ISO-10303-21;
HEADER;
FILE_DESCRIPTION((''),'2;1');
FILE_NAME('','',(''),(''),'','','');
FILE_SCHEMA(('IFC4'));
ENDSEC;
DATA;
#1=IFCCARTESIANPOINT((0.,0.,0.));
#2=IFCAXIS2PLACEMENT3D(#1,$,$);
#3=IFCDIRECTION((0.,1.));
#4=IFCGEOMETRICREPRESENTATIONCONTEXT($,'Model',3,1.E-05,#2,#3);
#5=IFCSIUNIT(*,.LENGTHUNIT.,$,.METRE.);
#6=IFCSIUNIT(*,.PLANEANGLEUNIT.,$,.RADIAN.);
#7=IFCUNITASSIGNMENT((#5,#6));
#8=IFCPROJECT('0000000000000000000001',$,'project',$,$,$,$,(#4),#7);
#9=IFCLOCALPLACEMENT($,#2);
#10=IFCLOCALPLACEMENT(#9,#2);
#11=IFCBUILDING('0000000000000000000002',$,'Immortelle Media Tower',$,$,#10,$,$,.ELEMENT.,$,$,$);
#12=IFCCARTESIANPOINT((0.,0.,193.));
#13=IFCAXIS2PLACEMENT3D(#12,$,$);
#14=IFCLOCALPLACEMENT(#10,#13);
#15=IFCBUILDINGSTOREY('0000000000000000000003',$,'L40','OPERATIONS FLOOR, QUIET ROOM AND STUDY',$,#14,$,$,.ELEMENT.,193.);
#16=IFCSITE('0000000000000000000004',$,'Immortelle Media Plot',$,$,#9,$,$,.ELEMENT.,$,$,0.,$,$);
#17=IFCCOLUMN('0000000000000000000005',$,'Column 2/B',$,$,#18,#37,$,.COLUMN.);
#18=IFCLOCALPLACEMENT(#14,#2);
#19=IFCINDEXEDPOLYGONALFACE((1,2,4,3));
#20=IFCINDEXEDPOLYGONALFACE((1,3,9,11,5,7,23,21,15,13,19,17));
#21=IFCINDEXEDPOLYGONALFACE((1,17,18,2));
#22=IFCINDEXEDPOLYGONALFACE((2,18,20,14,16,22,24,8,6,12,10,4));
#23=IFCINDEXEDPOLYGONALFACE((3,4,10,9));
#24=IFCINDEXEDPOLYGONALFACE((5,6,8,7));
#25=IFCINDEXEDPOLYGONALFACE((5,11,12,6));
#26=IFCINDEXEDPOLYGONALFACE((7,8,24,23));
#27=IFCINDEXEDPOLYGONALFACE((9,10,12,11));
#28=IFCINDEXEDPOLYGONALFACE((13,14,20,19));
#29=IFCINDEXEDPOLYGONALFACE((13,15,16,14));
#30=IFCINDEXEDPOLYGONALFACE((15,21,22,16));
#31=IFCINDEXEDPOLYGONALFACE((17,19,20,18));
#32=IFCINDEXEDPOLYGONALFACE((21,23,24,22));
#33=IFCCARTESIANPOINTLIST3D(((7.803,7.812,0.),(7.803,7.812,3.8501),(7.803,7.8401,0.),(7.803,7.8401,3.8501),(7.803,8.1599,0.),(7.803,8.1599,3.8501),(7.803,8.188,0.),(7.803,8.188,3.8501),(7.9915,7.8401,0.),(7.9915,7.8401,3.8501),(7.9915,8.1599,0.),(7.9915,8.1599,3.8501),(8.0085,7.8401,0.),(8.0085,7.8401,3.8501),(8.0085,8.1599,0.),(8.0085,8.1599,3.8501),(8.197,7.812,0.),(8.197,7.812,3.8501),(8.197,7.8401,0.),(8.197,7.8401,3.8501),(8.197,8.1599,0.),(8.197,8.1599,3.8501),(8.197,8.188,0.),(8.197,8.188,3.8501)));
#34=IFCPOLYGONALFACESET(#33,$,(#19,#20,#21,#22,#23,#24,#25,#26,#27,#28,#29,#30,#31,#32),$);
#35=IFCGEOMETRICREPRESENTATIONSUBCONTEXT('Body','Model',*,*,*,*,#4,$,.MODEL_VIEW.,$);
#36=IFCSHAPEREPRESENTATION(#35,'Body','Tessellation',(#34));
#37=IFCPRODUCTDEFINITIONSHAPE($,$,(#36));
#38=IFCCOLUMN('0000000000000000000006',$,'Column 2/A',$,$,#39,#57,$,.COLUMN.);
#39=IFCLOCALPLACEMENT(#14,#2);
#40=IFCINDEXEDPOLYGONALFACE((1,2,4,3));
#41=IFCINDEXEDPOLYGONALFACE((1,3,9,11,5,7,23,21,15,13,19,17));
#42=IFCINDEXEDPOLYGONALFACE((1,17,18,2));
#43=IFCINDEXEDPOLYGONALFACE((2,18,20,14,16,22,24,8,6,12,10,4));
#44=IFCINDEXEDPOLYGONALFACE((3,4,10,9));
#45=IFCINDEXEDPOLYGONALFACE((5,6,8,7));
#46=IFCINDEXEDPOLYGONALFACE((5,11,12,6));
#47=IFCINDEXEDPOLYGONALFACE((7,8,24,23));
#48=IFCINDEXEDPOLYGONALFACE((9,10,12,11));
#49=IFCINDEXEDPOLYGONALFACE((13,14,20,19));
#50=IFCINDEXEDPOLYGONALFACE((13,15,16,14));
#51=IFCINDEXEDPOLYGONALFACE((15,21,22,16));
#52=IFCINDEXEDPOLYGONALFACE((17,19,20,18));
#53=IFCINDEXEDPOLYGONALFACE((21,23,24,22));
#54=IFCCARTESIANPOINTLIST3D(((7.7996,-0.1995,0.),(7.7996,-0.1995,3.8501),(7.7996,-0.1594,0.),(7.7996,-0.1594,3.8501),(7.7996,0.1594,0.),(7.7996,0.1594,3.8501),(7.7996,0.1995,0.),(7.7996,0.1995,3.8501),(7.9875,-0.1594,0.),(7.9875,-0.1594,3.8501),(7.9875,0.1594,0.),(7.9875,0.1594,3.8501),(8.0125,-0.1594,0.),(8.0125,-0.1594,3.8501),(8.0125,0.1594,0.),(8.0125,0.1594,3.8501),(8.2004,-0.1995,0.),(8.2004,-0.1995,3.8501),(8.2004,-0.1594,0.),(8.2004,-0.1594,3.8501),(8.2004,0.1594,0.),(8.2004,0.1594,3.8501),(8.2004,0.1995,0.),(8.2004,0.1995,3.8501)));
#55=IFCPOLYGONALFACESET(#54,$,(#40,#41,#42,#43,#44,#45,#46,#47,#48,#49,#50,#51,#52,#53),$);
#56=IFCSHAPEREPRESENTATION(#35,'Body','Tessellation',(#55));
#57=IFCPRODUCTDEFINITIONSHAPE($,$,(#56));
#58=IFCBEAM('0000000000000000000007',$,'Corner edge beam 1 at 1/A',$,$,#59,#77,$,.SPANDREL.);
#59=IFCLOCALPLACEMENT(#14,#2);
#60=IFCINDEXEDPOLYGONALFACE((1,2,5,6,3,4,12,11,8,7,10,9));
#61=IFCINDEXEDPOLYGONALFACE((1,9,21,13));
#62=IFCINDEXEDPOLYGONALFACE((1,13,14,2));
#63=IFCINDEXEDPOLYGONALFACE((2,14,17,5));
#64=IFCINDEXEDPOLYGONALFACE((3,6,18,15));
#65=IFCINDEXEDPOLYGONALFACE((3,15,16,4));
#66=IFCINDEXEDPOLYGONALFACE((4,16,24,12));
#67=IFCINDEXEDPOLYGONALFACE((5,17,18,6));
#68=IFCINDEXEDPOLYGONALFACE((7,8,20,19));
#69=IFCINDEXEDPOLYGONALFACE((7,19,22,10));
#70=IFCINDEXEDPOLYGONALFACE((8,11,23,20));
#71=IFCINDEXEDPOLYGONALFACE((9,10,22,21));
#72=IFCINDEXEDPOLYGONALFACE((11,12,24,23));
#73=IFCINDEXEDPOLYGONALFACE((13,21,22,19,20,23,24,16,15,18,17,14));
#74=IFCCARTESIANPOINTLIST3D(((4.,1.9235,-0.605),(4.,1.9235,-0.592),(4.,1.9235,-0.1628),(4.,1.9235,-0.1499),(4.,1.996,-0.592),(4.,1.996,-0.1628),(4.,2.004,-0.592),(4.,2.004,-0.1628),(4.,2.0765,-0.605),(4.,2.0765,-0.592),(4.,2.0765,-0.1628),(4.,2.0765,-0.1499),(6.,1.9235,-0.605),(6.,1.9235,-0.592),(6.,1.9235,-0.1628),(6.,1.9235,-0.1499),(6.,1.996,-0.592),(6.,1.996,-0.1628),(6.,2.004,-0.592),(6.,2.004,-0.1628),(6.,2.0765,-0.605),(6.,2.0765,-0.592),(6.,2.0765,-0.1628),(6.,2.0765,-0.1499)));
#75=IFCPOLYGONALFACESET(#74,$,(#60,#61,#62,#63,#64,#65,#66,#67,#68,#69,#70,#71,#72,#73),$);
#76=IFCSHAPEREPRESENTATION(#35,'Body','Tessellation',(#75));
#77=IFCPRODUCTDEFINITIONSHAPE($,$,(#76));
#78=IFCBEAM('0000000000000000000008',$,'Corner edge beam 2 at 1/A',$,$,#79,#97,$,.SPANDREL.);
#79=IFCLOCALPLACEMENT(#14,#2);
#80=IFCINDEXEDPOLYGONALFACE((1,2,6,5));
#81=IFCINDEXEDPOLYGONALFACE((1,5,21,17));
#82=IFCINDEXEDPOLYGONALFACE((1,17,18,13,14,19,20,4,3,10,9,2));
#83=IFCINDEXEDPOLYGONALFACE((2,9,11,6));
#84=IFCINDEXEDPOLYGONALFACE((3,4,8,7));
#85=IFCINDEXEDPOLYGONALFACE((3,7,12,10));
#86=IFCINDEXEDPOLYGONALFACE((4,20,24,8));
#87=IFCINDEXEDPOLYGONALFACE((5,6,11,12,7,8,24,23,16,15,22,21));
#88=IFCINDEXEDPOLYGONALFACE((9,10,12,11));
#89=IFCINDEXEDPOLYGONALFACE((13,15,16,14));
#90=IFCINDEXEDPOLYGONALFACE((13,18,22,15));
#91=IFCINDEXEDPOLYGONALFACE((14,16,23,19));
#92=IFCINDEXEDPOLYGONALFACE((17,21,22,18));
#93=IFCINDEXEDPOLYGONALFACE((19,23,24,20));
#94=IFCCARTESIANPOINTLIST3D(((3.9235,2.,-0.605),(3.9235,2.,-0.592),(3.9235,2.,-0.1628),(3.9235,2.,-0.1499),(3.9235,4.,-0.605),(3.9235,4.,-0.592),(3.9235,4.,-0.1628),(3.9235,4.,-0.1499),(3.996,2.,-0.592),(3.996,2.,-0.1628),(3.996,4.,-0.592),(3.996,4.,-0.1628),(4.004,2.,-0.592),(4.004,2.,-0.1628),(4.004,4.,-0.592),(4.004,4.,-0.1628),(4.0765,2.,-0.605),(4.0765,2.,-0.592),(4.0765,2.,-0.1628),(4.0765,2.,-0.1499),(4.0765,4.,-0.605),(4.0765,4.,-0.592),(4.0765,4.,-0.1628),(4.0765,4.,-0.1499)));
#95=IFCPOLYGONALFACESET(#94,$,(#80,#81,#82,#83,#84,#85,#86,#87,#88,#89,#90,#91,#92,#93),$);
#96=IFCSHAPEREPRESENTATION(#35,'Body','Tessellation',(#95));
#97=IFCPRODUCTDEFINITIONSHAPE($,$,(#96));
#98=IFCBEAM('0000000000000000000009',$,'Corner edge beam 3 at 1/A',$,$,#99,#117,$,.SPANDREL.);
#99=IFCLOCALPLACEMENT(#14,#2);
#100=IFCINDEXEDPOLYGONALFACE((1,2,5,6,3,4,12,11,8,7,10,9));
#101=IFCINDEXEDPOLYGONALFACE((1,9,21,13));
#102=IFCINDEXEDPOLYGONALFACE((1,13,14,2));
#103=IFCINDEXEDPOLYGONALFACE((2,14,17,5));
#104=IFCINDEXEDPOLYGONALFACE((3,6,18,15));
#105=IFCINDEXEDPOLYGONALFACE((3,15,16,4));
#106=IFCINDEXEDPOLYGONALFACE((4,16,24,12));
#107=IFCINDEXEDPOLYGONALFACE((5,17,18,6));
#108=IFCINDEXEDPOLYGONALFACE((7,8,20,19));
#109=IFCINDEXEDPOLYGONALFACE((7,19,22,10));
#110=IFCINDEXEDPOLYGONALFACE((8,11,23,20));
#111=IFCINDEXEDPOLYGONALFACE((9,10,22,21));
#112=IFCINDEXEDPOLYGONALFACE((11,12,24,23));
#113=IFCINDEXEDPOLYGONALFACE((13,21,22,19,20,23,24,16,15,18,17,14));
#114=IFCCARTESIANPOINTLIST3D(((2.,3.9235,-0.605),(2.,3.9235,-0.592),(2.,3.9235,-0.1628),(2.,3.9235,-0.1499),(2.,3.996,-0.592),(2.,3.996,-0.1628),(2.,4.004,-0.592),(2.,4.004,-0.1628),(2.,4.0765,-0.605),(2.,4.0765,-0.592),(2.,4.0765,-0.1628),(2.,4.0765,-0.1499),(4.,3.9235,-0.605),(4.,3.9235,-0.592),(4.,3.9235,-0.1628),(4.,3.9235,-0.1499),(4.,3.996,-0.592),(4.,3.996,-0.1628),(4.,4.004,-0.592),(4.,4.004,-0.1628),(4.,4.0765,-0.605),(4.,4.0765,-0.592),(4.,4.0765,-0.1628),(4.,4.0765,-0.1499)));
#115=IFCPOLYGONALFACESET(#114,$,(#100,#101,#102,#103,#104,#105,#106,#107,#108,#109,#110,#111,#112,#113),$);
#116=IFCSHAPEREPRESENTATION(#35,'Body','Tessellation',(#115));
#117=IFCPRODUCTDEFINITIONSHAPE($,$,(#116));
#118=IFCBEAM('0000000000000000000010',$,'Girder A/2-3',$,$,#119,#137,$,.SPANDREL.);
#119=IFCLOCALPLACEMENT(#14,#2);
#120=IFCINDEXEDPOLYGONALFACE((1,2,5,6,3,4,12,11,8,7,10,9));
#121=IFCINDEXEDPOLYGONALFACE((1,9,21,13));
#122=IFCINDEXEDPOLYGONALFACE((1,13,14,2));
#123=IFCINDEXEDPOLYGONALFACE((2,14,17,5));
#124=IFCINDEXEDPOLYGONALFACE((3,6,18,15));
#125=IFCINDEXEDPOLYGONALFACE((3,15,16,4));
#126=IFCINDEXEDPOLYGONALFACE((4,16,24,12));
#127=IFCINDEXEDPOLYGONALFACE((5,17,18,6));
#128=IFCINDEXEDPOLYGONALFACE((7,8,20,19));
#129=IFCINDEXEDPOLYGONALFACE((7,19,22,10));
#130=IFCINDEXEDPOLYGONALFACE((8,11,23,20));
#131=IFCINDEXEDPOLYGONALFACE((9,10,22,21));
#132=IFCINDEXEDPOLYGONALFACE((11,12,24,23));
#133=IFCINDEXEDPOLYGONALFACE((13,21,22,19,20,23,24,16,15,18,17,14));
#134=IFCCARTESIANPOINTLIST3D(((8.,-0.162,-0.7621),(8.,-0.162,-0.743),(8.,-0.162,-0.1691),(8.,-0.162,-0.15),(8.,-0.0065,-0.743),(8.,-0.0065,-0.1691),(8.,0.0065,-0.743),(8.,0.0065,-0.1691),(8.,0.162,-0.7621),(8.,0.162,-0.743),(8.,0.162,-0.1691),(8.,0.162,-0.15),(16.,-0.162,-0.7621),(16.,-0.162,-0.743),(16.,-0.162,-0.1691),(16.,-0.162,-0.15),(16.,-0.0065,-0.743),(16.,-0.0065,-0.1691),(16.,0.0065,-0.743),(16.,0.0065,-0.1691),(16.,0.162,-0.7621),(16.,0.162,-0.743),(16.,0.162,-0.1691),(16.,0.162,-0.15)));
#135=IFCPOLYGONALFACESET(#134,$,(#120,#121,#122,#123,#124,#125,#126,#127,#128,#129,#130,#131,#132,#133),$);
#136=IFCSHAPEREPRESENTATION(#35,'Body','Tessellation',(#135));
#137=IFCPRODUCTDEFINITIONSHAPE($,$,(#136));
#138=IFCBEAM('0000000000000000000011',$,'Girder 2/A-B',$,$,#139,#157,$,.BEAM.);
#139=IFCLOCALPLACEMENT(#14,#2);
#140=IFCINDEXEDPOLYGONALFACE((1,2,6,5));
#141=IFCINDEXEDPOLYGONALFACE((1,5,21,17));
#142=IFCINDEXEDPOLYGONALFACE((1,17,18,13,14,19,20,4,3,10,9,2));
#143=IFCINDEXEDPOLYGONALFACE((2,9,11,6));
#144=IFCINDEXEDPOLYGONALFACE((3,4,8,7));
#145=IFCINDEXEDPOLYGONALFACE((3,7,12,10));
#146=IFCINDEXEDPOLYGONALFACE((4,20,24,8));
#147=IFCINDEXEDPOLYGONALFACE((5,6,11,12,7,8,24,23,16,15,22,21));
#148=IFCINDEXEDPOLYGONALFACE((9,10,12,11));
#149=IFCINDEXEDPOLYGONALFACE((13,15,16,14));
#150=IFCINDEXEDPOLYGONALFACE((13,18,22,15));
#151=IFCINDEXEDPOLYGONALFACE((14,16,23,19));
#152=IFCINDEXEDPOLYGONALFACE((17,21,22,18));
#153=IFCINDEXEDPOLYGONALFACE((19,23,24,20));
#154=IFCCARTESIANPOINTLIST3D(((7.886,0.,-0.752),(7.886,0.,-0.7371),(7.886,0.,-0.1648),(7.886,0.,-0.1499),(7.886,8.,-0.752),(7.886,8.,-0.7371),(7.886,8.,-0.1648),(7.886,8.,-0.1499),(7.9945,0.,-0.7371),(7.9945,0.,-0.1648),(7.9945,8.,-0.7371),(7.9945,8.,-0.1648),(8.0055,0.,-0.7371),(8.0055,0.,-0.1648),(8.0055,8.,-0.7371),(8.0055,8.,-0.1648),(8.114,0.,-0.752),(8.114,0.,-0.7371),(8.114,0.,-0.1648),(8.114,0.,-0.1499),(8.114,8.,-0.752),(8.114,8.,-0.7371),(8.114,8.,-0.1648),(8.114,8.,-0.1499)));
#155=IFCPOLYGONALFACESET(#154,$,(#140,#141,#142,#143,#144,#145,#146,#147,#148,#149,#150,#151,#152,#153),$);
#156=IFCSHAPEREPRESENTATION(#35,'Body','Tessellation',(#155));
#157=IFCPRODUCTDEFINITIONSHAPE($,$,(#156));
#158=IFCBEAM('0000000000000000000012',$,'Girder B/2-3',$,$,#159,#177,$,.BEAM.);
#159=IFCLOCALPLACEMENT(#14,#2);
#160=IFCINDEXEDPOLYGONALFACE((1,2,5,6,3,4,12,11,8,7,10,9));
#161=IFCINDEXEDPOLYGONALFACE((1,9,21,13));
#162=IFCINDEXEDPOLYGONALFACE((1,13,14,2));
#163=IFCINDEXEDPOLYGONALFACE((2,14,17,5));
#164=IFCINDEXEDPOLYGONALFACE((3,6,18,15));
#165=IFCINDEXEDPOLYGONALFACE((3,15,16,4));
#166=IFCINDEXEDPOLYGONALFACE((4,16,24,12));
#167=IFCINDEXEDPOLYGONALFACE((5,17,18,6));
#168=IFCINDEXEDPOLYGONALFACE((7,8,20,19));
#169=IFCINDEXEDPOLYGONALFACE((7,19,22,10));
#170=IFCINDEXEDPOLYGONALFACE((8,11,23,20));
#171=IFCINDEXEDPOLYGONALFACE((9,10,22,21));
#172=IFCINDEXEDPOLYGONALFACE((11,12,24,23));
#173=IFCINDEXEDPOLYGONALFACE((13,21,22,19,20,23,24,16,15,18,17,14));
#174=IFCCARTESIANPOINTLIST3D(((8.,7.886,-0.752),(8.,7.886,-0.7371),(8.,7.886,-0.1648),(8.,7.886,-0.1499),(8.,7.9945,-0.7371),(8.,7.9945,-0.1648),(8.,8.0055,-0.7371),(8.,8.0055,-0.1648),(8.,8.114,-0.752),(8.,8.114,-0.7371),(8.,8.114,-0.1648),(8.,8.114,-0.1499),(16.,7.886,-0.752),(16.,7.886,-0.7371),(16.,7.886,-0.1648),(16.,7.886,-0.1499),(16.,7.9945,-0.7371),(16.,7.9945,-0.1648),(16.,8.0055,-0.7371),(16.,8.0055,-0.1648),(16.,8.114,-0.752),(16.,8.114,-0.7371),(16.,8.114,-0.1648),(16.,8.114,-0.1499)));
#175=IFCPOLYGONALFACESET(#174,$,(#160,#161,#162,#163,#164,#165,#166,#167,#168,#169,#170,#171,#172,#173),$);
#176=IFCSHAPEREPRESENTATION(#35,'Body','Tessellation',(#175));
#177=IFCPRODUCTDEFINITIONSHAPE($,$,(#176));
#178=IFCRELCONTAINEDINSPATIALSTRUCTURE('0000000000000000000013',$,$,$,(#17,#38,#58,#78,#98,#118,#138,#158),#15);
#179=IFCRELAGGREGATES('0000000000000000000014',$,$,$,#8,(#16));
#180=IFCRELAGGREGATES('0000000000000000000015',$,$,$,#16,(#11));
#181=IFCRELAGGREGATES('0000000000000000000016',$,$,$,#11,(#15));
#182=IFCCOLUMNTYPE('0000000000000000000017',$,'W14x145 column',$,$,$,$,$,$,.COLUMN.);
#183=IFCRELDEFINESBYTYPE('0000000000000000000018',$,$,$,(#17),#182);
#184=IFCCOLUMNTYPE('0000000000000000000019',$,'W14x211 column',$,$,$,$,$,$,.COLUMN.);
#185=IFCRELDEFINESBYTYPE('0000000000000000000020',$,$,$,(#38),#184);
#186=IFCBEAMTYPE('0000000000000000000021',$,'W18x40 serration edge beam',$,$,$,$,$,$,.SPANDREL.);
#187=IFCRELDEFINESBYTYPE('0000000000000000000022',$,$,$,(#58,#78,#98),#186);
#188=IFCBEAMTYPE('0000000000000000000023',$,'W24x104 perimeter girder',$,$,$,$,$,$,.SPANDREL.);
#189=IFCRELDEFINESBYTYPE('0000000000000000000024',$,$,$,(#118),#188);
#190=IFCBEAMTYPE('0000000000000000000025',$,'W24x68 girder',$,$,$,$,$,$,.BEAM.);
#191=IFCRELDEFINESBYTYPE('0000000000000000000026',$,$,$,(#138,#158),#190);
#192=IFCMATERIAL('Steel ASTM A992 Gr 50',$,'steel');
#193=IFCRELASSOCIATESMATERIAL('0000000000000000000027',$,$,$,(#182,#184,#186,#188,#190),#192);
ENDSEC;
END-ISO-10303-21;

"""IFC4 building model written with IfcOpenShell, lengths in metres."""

from ifc_helpers import new_model, si_unit, direction, frame, origin, origin_2d, place, context, subcontext, project, spatial, i_section, extrude, material, material_profile, profile_set, type_object, element, save


model = new_model("IFC4")

# Units and contexts
model_context = context("Model", 3, precision=1e-05, world=origin(), true_north=direction((0.0, 1.0)))
body_context = subcontext(model_context, "Body", "Model", "MODEL_VIEW")
ifc_project = project(units=[si_unit("LENGTHUNIT", "METRE"), si_unit("PLANEANGLEUNIT", "RADIAN")], contexts=[model_context])

# Site, building, storey
site_placement = place(None, origin())
site = spatial("IfcSite", under=ifc_project, at=site_placement, Name="Immortelle Media Plot", CompositionType="ELEMENT", RefElevation=0.0)
building_placement = place(site_placement, origin())
building = spatial("IfcBuilding", under=site, at=building_placement, Name="Immortelle Media Tower", CompositionType="ELEMENT")
storey_placement = place(building_placement, frame((0.0, 0.0, 193.0)))
storey = spatial("IfcBuildingStorey", under=building, at=storey_placement, Name="L40", Description="OPERATIONS FLOOR, QUIET ROOM AND STUDY", CompositionType="ELEMENT", Elevation=193.0)

# Columns
ifc_material_1 = material(Name="Steel ASTM A992 Gr 50", Category="steel")
ifc_material_profile_1 = material_profile(ifc_material_1, i_section(OverallWidth=0.394, OverallDepth=0.376, WebThickness=0.0171, FlangeThickness=0.0281, at=origin_2d()), Name="W14x145")
ifc_profile_set_1 = profile_set([ifc_material_profile_1], Name="Steel ASTM A992 Gr 50")
column_type_1 = type_object("IfcColumnType", Name="W14x145 column", PredefinedType="COLUMN", material=ifc_profile_set_1)
column_1_placement = place(storey_placement, frame((8.0, 8.0, 0.0), z_axis=(0.0, 0.0, 1.0), x_axis=(1.0, 0.0, 0.0)))
element("IfcColumn", 1, at=column_1_placement, inside=storey, type_object=column_type_1, Name="Column 2/B", PredefinedType="COLUMN", context=body_context, shape_type="SweptSolid", body=[
    extrude(i_section(OverallWidth=0.394, OverallDepth=0.376, WebThickness=0.0171, FlangeThickness=0.0281, at=origin_2d()), origin(), (0.0, 0.0, 1.0), 3.8501),
])
ifc_material_profile_2 = material_profile(ifc_material_1, i_section(OverallWidth=0.4009, OverallDepth=0.3989, WebThickness=0.0249, FlangeThickness=0.04, at=origin_2d()), Name="W14x211")
ifc_profile_set_2 = profile_set([ifc_material_profile_2], Name="Steel ASTM A992 Gr 50")
column_type_2 = type_object("IfcColumnType", Name="W14x211 column", PredefinedType="COLUMN", material=ifc_profile_set_2)
column_2_placement = place(storey_placement, frame((8.0, 0.0, 0.0), z_axis=(0.0, 0.0, 1.0), x_axis=(1.0, 0.0, 0.0)))
element("IfcColumn", 2, at=column_2_placement, inside=storey, type_object=column_type_2, Name="Column 2/A", PredefinedType="COLUMN", context=body_context, shape_type="SweptSolid", body=[
    extrude(i_section(OverallWidth=0.4009, OverallDepth=0.3989, WebThickness=0.0249, FlangeThickness=0.04, at=origin_2d()), origin(), (0.0, 0.0, 1.0), 3.8501),
])

# Beams
ifc_material_profile_3 = material_profile(ifc_material_1, i_section(OverallWidth=0.1531, OverallDepth=0.4551, WebThickness=0.0081, FlangeThickness=0.0129, at=origin_2d()), Name="W18x40")
ifc_profile_set_3 = profile_set([ifc_material_profile_3], Name="Steel ASTM A992 Gr 50")
beam_type_1 = type_object("IfcBeamType", Name="W18x40 serration edge beam", PredefinedType="SPANDREL", material=ifc_profile_set_3)
for number, where, z_axis, x_axis, name in (
    (3, (6.0, 2.0, -0.3774), (-1.0, 0.0, 0.0), (0.0, -1.0, 0.0), "Corner edge beam 1 at 1/A"),
    (4, (4.0, 2.0, -0.3774), (0.0, 1.0, 0.0), (-1.0, 0.0, 0.0), "Corner edge beam 2 at 1/A"),
    (5, (4.0, 4.0, -0.3774), (-1.0, 0.0, 0.0), (0.0, -1.0, 0.0), "Corner edge beam 3 at 1/A"),
):
    element("IfcBeam", number, at=place(storey_placement, frame(where, z_axis=z_axis, x_axis=x_axis)), inside=storey, type_object=beam_type_1, Name=name, PredefinedType="SPANDREL", context=body_context, shape_type="SweptSolid", body=[
        extrude(i_section(OverallWidth=0.1531, OverallDepth=0.4551, WebThickness=0.0081, FlangeThickness=0.0129, at=origin_2d()), origin(), (0.0, 0.0, 1.0), 2.0),
    ])
ifc_material_profile_4 = material_profile(ifc_material_1, i_section(OverallWidth=0.324, OverallDepth=0.6121, WebThickness=0.0129, FlangeThickness=0.019, at=origin_2d()), Name="W24x104")
ifc_profile_set_4 = profile_set([ifc_material_profile_4], Name="Steel ASTM A992 Gr 50")
beam_type_2 = type_object("IfcBeamType", Name="W24x104 perimeter girder", PredefinedType="SPANDREL", material=ifc_profile_set_4)
beam_1_placement = place(storey_placement, frame((8.0, 0.0, -0.4561), z_axis=(1.0, 0.0, 0.0), x_axis=(0.0, 1.0, 0.0)))
element("IfcBeam", 6, at=beam_1_placement, inside=storey, type_object=beam_type_2, Name="Girder A/2-3", PredefinedType="SPANDREL", context=body_context, shape_type="SweptSolid", body=[
    extrude(i_section(OverallWidth=0.324, OverallDepth=0.6121, WebThickness=0.0129, FlangeThickness=0.019, at=origin_2d()), origin(), (0.0, 0.0, 1.0), 8.0),
])
ifc_material_profile_5 = material_profile(ifc_material_1, i_section(OverallWidth=0.228, OverallDepth=0.6021, WebThickness=0.011, FlangeThickness=0.0149, at=origin_2d()), Name="W24x68")
ifc_profile_set_5 = profile_set([ifc_material_profile_5], Name="Steel ASTM A992 Gr 50")
beam_type_3 = type_object("IfcBeamType", Name="W24x68 girder", PredefinedType="BEAM", material=ifc_profile_set_5)
for number, where, z_axis, x_axis, name in (
    (7, (8.0, 0.0, -0.4509), (0.0, 1.0, 0.0), (-1.0, 0.0, 0.0), "Girder 2/A-B"),
    (8, (8.0, 8.0, -0.4509), (1.0, 0.0, 0.0), (0.0, 1.0, 0.0), "Girder B/2-3"),
):
    element("IfcBeam", number, at=place(storey_placement, frame(where, z_axis=z_axis, x_axis=x_axis)), inside=storey, type_object=beam_type_3, Name=name, PredefinedType="BEAM", context=body_context, shape_type="SweptSolid", body=[
        extrude(i_section(OverallWidth=0.228, OverallDepth=0.6021, WebThickness=0.011, FlangeThickness=0.0149, at=origin_2d()), origin(), (0.0, 0.0, 1.0), 8.0),
    ])

save(model, "model.ifc")
